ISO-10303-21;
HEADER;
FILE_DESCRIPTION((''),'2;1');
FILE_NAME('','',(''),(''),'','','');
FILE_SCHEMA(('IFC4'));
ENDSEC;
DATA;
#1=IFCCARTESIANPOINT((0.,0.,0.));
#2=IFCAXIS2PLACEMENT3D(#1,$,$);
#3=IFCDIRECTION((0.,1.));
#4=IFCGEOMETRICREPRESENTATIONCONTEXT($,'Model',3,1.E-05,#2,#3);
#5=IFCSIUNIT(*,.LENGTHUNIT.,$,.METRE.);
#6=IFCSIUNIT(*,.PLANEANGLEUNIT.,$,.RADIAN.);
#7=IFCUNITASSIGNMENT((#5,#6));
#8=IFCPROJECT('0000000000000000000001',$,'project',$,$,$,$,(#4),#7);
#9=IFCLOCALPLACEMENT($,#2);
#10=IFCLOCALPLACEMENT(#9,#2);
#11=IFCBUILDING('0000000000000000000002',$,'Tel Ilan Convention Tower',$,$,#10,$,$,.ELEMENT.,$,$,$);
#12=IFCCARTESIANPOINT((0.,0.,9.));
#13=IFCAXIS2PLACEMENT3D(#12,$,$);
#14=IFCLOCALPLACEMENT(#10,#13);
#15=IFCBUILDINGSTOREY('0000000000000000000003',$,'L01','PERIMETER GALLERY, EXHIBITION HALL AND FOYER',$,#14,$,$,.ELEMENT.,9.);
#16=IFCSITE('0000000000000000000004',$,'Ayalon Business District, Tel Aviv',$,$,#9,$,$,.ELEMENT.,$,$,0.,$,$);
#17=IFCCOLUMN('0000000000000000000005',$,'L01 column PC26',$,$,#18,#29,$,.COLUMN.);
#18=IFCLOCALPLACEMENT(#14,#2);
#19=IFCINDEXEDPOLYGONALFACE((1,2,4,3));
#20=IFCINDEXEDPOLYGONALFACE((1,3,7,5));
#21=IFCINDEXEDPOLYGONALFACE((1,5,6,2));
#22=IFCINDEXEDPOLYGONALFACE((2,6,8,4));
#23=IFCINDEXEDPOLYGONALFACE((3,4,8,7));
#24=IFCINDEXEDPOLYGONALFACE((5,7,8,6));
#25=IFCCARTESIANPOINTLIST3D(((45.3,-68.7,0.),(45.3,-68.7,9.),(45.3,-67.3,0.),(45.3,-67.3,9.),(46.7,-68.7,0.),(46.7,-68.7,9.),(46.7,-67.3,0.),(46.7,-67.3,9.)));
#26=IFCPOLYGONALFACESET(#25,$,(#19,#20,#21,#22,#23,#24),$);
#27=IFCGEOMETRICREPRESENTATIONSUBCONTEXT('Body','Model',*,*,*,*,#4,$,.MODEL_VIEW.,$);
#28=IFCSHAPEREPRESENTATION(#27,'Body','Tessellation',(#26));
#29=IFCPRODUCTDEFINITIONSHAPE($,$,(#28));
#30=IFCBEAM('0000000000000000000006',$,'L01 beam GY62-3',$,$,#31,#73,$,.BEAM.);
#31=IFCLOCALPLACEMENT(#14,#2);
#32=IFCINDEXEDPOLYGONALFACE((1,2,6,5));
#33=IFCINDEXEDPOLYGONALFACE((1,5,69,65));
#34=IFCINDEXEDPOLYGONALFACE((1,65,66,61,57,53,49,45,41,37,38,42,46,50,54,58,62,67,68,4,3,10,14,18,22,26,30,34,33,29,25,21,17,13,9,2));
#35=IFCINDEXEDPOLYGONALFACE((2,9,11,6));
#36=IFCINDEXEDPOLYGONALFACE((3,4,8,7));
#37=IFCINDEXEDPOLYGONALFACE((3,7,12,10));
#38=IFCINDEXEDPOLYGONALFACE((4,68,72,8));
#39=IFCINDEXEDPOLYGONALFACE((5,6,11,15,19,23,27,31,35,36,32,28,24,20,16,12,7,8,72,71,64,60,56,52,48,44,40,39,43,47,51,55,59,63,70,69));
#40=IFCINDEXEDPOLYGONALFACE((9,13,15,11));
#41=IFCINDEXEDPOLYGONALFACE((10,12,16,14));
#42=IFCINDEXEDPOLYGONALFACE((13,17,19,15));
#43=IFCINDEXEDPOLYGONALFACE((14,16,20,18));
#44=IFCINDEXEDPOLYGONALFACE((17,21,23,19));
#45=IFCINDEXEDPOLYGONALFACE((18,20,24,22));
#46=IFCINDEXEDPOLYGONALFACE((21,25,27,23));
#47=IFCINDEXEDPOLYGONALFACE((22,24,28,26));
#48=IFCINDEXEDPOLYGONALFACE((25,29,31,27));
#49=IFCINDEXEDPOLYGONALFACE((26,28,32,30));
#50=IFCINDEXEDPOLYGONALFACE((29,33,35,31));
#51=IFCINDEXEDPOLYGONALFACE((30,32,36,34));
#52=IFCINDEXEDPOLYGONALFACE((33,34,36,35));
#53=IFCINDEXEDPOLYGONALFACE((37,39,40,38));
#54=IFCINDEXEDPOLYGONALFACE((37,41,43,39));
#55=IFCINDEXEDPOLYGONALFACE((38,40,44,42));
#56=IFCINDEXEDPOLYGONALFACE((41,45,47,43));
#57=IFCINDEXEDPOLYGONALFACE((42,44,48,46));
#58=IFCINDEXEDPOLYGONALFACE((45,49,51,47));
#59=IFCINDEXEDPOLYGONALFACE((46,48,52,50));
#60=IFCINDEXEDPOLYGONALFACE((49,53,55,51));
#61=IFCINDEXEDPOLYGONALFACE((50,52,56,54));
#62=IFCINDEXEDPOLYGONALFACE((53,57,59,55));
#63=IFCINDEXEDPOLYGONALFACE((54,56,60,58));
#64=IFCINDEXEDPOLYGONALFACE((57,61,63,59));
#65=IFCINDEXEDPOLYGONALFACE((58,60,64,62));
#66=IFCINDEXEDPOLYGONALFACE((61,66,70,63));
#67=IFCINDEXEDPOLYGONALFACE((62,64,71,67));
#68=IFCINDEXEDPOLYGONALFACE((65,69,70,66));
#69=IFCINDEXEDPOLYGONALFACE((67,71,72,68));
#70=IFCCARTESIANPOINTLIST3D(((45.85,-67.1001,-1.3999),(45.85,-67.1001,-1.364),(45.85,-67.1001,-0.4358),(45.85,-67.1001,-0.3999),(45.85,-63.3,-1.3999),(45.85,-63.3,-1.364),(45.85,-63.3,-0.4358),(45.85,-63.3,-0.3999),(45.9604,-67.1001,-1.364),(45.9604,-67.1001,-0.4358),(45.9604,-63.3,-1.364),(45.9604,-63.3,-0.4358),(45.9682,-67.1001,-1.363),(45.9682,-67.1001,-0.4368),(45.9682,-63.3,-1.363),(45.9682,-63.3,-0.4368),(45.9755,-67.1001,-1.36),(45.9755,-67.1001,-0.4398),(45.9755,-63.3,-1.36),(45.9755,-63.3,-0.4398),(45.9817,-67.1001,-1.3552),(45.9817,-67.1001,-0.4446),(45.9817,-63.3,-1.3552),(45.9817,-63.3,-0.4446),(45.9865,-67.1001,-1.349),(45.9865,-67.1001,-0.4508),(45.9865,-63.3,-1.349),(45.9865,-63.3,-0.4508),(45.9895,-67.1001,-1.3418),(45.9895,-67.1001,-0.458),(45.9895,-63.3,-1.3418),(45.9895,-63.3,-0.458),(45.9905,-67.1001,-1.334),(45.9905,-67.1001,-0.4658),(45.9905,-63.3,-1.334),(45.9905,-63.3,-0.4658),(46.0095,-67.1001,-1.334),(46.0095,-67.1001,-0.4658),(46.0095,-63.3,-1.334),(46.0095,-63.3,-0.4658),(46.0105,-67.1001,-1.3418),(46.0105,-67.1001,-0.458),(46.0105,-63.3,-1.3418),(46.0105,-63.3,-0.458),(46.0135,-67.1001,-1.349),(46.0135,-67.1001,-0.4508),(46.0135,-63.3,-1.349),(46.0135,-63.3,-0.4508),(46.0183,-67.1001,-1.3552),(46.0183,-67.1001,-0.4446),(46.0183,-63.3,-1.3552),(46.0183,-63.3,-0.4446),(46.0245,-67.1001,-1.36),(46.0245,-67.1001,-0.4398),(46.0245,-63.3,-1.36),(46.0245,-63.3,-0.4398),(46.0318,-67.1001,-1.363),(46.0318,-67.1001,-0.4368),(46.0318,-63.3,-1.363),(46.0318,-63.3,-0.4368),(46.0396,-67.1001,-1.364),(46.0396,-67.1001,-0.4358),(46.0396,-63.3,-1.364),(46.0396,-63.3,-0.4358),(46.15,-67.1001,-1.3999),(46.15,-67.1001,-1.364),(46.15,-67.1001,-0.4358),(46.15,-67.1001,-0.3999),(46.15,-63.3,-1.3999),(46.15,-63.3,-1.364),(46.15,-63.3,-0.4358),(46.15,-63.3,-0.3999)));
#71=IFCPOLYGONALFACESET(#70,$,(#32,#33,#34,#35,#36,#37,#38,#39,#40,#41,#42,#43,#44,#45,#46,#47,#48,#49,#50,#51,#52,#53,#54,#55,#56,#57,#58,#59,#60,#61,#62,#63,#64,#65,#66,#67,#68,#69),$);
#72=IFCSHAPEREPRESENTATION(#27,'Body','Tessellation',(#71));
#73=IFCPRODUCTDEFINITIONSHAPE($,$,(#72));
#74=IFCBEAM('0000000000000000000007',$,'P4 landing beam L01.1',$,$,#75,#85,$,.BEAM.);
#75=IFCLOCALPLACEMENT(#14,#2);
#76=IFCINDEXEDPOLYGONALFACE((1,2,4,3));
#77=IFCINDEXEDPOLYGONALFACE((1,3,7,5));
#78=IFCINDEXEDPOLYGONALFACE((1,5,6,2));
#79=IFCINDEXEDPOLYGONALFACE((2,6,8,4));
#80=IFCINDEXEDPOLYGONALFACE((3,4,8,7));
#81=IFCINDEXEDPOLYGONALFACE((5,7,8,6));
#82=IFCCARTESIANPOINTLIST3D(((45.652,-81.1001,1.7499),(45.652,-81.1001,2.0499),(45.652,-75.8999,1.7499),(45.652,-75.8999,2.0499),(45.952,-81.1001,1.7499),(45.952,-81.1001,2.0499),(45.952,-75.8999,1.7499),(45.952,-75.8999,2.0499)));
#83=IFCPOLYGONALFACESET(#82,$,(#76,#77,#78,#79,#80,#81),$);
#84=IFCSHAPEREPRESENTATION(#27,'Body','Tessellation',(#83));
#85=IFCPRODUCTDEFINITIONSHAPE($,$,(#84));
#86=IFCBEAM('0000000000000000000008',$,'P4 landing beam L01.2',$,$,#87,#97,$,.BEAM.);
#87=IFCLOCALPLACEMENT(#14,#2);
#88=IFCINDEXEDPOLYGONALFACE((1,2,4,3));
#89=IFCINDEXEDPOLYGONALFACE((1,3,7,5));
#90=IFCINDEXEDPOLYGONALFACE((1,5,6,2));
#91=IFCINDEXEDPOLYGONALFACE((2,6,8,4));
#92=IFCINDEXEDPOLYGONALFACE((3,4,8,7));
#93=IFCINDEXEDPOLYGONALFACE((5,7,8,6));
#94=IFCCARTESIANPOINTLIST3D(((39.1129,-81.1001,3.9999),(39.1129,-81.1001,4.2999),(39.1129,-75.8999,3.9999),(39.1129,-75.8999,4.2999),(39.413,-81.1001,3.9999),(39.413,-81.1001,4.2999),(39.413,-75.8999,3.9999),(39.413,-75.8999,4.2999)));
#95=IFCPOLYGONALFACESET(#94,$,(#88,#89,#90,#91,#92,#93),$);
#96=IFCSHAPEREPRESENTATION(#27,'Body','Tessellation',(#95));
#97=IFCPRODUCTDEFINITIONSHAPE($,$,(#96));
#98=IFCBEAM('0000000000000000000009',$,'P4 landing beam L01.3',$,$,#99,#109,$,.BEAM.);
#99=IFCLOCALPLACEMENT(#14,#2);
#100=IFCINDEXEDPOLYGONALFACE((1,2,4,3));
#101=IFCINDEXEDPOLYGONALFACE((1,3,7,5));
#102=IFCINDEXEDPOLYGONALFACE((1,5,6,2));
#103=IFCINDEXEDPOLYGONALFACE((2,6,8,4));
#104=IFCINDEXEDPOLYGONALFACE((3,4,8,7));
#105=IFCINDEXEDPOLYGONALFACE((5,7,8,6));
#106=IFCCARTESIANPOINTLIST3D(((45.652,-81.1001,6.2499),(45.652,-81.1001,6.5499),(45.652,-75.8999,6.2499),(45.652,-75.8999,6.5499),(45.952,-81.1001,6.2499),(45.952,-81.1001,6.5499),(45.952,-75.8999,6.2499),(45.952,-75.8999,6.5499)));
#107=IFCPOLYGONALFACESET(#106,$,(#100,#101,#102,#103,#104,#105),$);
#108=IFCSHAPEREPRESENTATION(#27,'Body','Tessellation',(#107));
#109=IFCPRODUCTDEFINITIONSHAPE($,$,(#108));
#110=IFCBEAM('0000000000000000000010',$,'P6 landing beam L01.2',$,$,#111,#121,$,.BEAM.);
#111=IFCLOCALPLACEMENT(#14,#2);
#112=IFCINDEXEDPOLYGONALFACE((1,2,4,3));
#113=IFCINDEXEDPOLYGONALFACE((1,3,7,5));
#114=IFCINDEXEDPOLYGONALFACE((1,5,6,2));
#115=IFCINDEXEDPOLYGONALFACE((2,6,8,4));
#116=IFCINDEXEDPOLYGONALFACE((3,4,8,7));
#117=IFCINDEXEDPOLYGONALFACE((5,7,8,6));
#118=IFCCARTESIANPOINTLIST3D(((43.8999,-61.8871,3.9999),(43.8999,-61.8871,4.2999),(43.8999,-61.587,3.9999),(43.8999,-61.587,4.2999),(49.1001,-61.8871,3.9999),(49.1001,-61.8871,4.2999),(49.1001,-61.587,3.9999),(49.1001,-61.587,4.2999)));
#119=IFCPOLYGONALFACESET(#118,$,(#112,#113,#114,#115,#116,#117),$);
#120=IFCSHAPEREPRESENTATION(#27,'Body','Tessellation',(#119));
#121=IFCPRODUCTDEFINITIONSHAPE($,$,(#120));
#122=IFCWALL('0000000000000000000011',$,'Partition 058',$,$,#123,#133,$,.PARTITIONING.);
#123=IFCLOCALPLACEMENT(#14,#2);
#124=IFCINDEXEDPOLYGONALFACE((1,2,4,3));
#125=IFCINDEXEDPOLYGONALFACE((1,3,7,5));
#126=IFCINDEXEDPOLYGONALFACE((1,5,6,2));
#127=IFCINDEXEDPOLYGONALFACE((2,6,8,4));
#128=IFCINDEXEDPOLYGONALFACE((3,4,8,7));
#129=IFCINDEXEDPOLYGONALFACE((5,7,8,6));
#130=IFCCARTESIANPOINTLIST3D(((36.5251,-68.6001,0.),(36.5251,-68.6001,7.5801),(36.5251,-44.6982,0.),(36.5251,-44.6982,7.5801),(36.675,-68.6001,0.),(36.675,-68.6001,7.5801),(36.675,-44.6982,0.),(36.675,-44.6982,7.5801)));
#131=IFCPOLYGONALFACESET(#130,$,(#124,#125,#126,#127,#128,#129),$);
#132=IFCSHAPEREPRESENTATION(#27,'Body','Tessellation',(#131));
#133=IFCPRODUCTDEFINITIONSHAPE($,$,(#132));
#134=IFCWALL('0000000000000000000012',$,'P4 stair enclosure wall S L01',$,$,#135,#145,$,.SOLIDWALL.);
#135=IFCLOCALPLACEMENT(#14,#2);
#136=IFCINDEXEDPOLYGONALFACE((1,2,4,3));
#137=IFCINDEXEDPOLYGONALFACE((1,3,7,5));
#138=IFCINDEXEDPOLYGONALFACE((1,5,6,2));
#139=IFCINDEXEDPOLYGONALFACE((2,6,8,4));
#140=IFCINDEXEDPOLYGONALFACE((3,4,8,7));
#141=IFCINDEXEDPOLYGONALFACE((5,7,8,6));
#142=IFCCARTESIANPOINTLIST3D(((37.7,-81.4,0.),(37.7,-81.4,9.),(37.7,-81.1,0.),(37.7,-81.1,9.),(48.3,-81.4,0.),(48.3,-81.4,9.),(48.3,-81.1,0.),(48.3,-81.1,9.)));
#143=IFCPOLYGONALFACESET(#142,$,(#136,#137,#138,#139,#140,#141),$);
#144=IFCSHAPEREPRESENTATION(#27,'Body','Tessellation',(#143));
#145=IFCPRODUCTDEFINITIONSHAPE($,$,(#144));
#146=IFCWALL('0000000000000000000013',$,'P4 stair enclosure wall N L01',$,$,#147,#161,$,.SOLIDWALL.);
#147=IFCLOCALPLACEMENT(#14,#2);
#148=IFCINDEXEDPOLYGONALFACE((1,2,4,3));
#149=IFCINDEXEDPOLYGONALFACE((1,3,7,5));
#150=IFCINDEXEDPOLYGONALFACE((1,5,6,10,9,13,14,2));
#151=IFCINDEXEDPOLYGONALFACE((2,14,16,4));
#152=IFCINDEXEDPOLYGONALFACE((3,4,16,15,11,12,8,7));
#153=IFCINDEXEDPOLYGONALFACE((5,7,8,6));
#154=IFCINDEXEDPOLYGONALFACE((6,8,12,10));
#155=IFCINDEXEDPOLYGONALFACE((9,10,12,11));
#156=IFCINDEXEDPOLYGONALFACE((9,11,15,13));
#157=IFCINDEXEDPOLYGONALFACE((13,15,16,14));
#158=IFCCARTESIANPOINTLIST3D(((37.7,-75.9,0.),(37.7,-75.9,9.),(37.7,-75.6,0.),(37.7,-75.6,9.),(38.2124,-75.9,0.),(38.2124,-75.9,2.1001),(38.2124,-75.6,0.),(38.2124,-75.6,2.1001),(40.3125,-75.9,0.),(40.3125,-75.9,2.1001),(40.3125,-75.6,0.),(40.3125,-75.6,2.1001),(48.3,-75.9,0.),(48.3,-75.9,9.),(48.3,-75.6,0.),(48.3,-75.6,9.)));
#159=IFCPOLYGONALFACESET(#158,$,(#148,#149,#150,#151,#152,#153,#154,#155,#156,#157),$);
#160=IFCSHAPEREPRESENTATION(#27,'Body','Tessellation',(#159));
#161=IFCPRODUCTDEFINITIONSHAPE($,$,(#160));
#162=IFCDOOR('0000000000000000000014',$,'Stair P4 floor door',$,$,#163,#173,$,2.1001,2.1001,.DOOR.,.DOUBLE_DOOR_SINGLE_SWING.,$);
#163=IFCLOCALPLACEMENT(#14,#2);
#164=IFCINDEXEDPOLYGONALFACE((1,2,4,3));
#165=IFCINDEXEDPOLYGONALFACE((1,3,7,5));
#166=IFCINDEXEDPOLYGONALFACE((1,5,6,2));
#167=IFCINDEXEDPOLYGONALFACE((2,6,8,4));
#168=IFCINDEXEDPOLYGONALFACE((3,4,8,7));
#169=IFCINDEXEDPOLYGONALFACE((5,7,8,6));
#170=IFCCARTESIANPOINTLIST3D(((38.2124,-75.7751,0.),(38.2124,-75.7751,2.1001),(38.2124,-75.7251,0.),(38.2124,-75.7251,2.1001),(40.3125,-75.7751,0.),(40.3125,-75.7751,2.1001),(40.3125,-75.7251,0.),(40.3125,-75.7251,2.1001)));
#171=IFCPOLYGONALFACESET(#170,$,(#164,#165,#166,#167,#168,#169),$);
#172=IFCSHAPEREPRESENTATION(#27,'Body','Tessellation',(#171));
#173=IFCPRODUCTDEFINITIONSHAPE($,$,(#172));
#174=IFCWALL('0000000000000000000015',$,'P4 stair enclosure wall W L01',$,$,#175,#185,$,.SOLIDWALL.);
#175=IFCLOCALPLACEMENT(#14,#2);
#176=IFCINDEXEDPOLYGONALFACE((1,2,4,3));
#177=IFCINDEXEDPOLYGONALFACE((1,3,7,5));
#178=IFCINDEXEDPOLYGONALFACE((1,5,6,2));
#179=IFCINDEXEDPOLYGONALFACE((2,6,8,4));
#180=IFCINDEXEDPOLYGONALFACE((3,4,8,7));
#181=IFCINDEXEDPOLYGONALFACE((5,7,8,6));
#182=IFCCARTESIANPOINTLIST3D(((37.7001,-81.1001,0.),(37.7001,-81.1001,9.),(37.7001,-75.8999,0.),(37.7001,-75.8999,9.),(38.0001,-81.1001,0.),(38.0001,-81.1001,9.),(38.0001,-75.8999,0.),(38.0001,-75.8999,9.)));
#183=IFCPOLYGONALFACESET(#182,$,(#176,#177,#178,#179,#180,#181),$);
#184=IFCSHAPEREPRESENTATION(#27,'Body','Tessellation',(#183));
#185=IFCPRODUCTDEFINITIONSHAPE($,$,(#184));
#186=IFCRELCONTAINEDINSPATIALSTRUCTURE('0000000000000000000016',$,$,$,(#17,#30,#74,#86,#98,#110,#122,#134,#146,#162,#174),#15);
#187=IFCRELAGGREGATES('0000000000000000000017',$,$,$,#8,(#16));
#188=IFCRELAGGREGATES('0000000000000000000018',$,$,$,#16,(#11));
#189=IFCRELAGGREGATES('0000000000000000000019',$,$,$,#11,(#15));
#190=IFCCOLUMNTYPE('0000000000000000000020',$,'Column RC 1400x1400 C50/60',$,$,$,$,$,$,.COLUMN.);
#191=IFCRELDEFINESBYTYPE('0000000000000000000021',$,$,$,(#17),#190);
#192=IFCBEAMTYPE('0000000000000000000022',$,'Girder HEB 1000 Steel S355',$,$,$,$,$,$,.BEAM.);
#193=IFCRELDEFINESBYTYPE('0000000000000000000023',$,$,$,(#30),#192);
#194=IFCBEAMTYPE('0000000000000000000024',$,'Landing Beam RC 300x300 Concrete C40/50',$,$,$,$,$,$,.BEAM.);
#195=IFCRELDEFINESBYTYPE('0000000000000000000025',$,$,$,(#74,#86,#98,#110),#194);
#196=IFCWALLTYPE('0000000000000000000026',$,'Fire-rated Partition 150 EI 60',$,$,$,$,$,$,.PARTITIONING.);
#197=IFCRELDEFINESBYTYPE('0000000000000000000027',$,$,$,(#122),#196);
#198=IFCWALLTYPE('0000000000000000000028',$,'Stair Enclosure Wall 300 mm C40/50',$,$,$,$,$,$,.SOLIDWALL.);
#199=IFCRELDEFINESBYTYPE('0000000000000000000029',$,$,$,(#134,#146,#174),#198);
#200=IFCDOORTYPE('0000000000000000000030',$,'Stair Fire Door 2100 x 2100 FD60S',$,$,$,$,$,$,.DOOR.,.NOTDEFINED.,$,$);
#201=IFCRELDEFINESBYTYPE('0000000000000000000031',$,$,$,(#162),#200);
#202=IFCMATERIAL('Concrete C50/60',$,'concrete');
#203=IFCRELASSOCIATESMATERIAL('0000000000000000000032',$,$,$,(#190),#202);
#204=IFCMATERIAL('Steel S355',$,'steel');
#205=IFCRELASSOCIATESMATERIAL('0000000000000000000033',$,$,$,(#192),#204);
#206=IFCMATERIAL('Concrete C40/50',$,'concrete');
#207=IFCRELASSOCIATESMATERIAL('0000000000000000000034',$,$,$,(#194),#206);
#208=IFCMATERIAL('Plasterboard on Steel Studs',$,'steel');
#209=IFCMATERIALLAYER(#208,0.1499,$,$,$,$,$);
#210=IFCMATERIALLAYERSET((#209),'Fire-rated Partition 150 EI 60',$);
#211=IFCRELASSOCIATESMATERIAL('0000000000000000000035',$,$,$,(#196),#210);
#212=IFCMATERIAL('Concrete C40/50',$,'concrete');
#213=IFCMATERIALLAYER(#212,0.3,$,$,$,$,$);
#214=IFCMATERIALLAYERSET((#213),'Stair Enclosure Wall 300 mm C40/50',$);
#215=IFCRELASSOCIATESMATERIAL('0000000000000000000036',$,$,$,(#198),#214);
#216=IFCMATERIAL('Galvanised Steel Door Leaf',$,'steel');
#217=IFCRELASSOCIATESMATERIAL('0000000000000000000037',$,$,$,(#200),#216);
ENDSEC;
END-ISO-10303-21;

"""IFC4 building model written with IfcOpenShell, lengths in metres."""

from ifc_helpers import new_model, si_unit, direction, frame, frame_2d, origin, origin_2d, place, context, subcontext, project, spatial, rectangle, i_section, extrude, material, layer, layer_set, material_profile, profile_set, type_object, element, fill, save


model = new_model("IFC4")

# Units and contexts
model_context = context("Model", 3, precision=1e-05, world=origin(), true_north=direction((0.0, 1.0)))
body_context = subcontext(model_context, "Body", "Model", "MODEL_VIEW")
ifc_project = project(units=[si_unit("LENGTHUNIT", "METRE"), si_unit("PLANEANGLEUNIT", "RADIAN")], contexts=[model_context])

# Site, building, storey
site_placement = place(None, origin())
site = spatial("IfcSite", under=ifc_project, at=site_placement, Name="Ayalon Business District, Tel Aviv", CompositionType="ELEMENT", RefElevation=0.0)
building_placement = place(site_placement, origin())
building = spatial("IfcBuilding", under=site, at=building_placement, Name="Tel Ilan Convention Tower", CompositionType="ELEMENT")
storey_placement = place(building_placement, frame((0.0, 0.0, 9.0)))
storey = spatial("IfcBuildingStorey", under=building, at=storey_placement, Name="L01", Description="PERIMETER GALLERY, EXHIBITION HALL AND FOYER", CompositionType="ELEMENT", Elevation=9.0)

# Column
ifc_material_1 = material(Name="Concrete C50/60", Category="concrete")
ifc_material_profile_1 = material_profile(ifc_material_1, rectangle(XDim=1.3999, YDim=1.3999, at=origin_2d()), Name="RC 1400x1400")
ifc_profile_set_1 = profile_set([ifc_material_profile_1], Name="Concrete C50/60")
column_type = type_object("IfcColumnType", Name="Column RC 1400x1400 C50/60", PredefinedType="COLUMN", material=ifc_profile_set_1)
column_placement = place(storey_placement, frame((46.0, -68.0, 0.0), z_axis=(0.0, 0.0, 1.0), x_axis=(1.0, 0.0, 0.0)))
element("IfcColumn", 1, at=column_placement, inside=storey, type_object=column_type, Name="L01 column PC26", PredefinedType="COLUMN", context=body_context, shape_type="SweptSolid", body=[
    extrude(rectangle(XDim=1.3999, YDim=1.3999, at=origin_2d()), origin(), (0.0, 0.0, 1.0), 9.0),
])

# Beams
ifc_material_2 = material(Name="Steel S355", Category="steel")
ifc_material_profile_2 = material_profile(ifc_material_2, i_section(OverallWidth=0.3, OverallDepth=1.0, WebThickness=0.019, FlangeThickness=0.0359, FilletRadius=0.03, at=origin_2d()), Name="HEB 1000")
ifc_profile_set_2 = profile_set([ifc_material_profile_2], Name="Steel S355")
beam_type_1 = type_object("IfcBeamType", Name="Girder HEB 1000 Steel S355", PredefinedType="BEAM", material=ifc_profile_set_2)
beam_placement = place(storey_placement, frame((46.0, -67.1001, -0.8999), z_axis=(0.0, 1.0, 0.0), x_axis=(-1.0, 0.0, 0.0)))
element("IfcBeam", 2, at=beam_placement, inside=storey, type_object=beam_type_1, Name="L01 beam GY62-3", PredefinedType="BEAM", context=body_context, shape_type="SweptSolid", body=[
    extrude(i_section(OverallWidth=0.3, OverallDepth=1.0, WebThickness=0.019, FlangeThickness=0.0359, FilletRadius=0.03, at=origin_2d()), origin(), (0.0, 0.0, 1.0), 3.8),
])
ifc_material_3 = material(Name="Concrete C40/50", Category="concrete")
ifc_material_profile_3 = material_profile(ifc_material_3, rectangle(XDim=0.3, YDim=0.3, at=origin_2d()), Name="RC 300x300")
ifc_profile_set_3 = profile_set([ifc_material_profile_3], Name="Concrete C40/50")
beam_type_2 = type_object("IfcBeamType", Name="Landing Beam RC 300x300 Concrete C40/50", PredefinedType="BEAM", material=ifc_profile_set_3)
for number, where, z_axis, x_axis, name in (
    (3, (45.802, -81.1001, 1.8999), (0.0, 1.0, 0.0), (-1.0, 0.0, 0.0), "P4 landing beam L01.1"),
    (4, (39.2629, -81.1001, 4.1499), (0.0, 1.0, 0.0), (-1.0, 0.0, 0.0), "P4 landing beam L01.2"),
    (5, (45.802, -81.1001, 6.3999), (0.0, 1.0, 0.0), (-1.0, 0.0, 0.0), "P4 landing beam L01.3"),
    (6, (49.1001, -61.7371, 4.1499), (-1.0, 0.0, 0.0), (0.0, -1.0, 0.0), "P6 landing beam L01.2"),
):
    element("IfcBeam", number, at=place(storey_placement, frame(where, z_axis=z_axis, x_axis=x_axis)), inside=storey, type_object=beam_type_2, Name=name, PredefinedType="BEAM", context=body_context, shape_type="SweptSolid", body=[
        extrude(rectangle(XDim=0.3, YDim=0.3, at=origin_2d()), origin(), (0.0, 0.0, 1.0), 5.2002),
    ])

# Walls
ifc_material_4 = material(Name="Plasterboard on Steel Studs", Category="steel")
ifc_layer_1 = layer(ifc_material_4, 0.1499)
ifc_layer_set_1 = layer_set([ifc_layer_1], Name="Fire-rated Partition 150 EI 60")
wall_type_1 = type_object("IfcWallType", Name="Fire-rated Partition 150 EI 60", PredefinedType="PARTITIONING", material=ifc_layer_set_1)
wall_1_placement = place(storey_placement, frame((36.6001, -68.6001, 0.0), z_axis=(0.0, 0.0, 1.0), x_axis=(0.0, 1.0, 0.0)))
element("IfcWall", 7, at=wall_1_placement, inside=storey, type_object=wall_type_1, Name="Partition 058", PredefinedType="PARTITIONING", context=body_context, shape_type="SweptSolid", body=[
    extrude(rectangle(XDim=23.9019, YDim=0.1499, at=frame_2d((11.9509, 0.0))), origin(), (0.0, 0.0, 1.0), 7.5801),
])
ifc_material_5 = material(Name="Concrete C40/50", Category="concrete")
ifc_layer_2 = layer(ifc_material_5, 0.3)
ifc_layer_set_2 = layer_set([ifc_layer_2], Name="Stair Enclosure Wall 300 mm C40/50")
wall_type_2 = type_object("IfcWallType", Name="Stair Enclosure Wall 300 mm C40/50", PredefinedType="SOLIDWALL", material=ifc_layer_set_2)
wall_2_placement = place(storey_placement, frame((37.7, -81.25, 0.0), z_axis=(0.0, 0.0, 1.0), x_axis=(1.0, 0.0, 0.0)))
element("IfcWall", 8, at=wall_2_placement, inside=storey, type_object=wall_type_2, Name="P4 stair enclosure wall S L01", PredefinedType="SOLIDWALL", context=body_context, shape_type="SweptSolid", body=[
    extrude(rectangle(XDim=10.6001, YDim=0.3, at=frame_2d((5.3, 0.0))), origin(), (0.0, 0.0, 1.0), 9.0),
])

# Wall, opening, door
wall_3_placement = place(storey_placement, frame((37.7, -75.75, 0.0), z_axis=(0.0, 0.0, 1.0), x_axis=(1.0, 0.0, 0.0)))
wall_3 = element("IfcWall", 9, at=wall_3_placement, inside=storey, type_object=wall_type_2, Name="P4 stair enclosure wall N L01", PredefinedType="SOLIDWALL", context=body_context, shape_type="SweptSolid", body=[
    extrude(rectangle(XDim=10.6001, YDim=0.3, at=frame_2d((5.3, 0.0))), origin(), (0.0, 0.0, 1.0), 9.0),
])
opening_1_placement = place(wall_3_placement, frame((0.5125, 0.0, 0.0)))
opening_1 = element("IfcOpeningElement", 10, at=opening_1_placement, cuts=wall_3, PredefinedType="OPENING", context=body_context, shape_type="SweptSolid", body=[
    extrude(rectangle(XDim=2.1001, YDim=2.1001, at=frame_2d((1.05, 1.05))), frame((0.0, 0.1599, 0.0), z_axis=(0.0, -1.0, 0.0), x_axis=(1.0, 0.0, 0.0)), (0.0, 0.0, 1.0), 0.3201),
])
ifc_material_6 = material(Name="Galvanised Steel Door Leaf", Category="steel")
door_type = type_object("IfcDoorType", Name="Stair Fire Door 2100 x 2100 FD60S", OperationType="NOTDEFINED", PredefinedType="DOOR", material=ifc_material_6)
door_1_placement = place(opening_1_placement, origin())
door_1 = element("IfcDoor", 11, at=door_1_placement, inside=storey, type_object=door_type, Name="Stair P4 floor door", OperationType="DOUBLE_DOOR_SINGLE_SWING", OverallHeight=2.1001, OverallWidth=2.1001, PredefinedType="DOOR", context=body_context, shape_type="SweptSolid", body=[
    extrude(rectangle(XDim=2.1001, YDim=2.1001, at=frame_2d((1.05, 1.05))), frame((0.0, 0.0249, 0.0), z_axis=(0.0, -1.0, 0.0), x_axis=(1.0, 0.0, 0.0)), (0.0, 0.0, 1.0), 0.05),
])
fill(opening_1, door_1)

# Wall
for number, where, z_axis, x_axis, name in (
    (12, (37.8501, -81.1001, 0.0), (0.0, 0.0, 1.0), (0.0, 1.0, 0.0), "P4 stair enclosure wall W L01"),
):
    element("IfcWall", number, at=place(storey_placement, frame(where, z_axis=z_axis, x_axis=x_axis)), inside=storey, type_object=wall_type_2, Name=name, PredefinedType="SOLIDWALL", context=body_context, shape_type="SweptSolid", body=[
        extrude(rectangle(XDim=5.2002, YDim=0.3, at=frame_2d((2.6001, 0.0))), origin(), (0.0, 0.0, 1.0), 9.0),
    ])

save(model, "model.ifc")
